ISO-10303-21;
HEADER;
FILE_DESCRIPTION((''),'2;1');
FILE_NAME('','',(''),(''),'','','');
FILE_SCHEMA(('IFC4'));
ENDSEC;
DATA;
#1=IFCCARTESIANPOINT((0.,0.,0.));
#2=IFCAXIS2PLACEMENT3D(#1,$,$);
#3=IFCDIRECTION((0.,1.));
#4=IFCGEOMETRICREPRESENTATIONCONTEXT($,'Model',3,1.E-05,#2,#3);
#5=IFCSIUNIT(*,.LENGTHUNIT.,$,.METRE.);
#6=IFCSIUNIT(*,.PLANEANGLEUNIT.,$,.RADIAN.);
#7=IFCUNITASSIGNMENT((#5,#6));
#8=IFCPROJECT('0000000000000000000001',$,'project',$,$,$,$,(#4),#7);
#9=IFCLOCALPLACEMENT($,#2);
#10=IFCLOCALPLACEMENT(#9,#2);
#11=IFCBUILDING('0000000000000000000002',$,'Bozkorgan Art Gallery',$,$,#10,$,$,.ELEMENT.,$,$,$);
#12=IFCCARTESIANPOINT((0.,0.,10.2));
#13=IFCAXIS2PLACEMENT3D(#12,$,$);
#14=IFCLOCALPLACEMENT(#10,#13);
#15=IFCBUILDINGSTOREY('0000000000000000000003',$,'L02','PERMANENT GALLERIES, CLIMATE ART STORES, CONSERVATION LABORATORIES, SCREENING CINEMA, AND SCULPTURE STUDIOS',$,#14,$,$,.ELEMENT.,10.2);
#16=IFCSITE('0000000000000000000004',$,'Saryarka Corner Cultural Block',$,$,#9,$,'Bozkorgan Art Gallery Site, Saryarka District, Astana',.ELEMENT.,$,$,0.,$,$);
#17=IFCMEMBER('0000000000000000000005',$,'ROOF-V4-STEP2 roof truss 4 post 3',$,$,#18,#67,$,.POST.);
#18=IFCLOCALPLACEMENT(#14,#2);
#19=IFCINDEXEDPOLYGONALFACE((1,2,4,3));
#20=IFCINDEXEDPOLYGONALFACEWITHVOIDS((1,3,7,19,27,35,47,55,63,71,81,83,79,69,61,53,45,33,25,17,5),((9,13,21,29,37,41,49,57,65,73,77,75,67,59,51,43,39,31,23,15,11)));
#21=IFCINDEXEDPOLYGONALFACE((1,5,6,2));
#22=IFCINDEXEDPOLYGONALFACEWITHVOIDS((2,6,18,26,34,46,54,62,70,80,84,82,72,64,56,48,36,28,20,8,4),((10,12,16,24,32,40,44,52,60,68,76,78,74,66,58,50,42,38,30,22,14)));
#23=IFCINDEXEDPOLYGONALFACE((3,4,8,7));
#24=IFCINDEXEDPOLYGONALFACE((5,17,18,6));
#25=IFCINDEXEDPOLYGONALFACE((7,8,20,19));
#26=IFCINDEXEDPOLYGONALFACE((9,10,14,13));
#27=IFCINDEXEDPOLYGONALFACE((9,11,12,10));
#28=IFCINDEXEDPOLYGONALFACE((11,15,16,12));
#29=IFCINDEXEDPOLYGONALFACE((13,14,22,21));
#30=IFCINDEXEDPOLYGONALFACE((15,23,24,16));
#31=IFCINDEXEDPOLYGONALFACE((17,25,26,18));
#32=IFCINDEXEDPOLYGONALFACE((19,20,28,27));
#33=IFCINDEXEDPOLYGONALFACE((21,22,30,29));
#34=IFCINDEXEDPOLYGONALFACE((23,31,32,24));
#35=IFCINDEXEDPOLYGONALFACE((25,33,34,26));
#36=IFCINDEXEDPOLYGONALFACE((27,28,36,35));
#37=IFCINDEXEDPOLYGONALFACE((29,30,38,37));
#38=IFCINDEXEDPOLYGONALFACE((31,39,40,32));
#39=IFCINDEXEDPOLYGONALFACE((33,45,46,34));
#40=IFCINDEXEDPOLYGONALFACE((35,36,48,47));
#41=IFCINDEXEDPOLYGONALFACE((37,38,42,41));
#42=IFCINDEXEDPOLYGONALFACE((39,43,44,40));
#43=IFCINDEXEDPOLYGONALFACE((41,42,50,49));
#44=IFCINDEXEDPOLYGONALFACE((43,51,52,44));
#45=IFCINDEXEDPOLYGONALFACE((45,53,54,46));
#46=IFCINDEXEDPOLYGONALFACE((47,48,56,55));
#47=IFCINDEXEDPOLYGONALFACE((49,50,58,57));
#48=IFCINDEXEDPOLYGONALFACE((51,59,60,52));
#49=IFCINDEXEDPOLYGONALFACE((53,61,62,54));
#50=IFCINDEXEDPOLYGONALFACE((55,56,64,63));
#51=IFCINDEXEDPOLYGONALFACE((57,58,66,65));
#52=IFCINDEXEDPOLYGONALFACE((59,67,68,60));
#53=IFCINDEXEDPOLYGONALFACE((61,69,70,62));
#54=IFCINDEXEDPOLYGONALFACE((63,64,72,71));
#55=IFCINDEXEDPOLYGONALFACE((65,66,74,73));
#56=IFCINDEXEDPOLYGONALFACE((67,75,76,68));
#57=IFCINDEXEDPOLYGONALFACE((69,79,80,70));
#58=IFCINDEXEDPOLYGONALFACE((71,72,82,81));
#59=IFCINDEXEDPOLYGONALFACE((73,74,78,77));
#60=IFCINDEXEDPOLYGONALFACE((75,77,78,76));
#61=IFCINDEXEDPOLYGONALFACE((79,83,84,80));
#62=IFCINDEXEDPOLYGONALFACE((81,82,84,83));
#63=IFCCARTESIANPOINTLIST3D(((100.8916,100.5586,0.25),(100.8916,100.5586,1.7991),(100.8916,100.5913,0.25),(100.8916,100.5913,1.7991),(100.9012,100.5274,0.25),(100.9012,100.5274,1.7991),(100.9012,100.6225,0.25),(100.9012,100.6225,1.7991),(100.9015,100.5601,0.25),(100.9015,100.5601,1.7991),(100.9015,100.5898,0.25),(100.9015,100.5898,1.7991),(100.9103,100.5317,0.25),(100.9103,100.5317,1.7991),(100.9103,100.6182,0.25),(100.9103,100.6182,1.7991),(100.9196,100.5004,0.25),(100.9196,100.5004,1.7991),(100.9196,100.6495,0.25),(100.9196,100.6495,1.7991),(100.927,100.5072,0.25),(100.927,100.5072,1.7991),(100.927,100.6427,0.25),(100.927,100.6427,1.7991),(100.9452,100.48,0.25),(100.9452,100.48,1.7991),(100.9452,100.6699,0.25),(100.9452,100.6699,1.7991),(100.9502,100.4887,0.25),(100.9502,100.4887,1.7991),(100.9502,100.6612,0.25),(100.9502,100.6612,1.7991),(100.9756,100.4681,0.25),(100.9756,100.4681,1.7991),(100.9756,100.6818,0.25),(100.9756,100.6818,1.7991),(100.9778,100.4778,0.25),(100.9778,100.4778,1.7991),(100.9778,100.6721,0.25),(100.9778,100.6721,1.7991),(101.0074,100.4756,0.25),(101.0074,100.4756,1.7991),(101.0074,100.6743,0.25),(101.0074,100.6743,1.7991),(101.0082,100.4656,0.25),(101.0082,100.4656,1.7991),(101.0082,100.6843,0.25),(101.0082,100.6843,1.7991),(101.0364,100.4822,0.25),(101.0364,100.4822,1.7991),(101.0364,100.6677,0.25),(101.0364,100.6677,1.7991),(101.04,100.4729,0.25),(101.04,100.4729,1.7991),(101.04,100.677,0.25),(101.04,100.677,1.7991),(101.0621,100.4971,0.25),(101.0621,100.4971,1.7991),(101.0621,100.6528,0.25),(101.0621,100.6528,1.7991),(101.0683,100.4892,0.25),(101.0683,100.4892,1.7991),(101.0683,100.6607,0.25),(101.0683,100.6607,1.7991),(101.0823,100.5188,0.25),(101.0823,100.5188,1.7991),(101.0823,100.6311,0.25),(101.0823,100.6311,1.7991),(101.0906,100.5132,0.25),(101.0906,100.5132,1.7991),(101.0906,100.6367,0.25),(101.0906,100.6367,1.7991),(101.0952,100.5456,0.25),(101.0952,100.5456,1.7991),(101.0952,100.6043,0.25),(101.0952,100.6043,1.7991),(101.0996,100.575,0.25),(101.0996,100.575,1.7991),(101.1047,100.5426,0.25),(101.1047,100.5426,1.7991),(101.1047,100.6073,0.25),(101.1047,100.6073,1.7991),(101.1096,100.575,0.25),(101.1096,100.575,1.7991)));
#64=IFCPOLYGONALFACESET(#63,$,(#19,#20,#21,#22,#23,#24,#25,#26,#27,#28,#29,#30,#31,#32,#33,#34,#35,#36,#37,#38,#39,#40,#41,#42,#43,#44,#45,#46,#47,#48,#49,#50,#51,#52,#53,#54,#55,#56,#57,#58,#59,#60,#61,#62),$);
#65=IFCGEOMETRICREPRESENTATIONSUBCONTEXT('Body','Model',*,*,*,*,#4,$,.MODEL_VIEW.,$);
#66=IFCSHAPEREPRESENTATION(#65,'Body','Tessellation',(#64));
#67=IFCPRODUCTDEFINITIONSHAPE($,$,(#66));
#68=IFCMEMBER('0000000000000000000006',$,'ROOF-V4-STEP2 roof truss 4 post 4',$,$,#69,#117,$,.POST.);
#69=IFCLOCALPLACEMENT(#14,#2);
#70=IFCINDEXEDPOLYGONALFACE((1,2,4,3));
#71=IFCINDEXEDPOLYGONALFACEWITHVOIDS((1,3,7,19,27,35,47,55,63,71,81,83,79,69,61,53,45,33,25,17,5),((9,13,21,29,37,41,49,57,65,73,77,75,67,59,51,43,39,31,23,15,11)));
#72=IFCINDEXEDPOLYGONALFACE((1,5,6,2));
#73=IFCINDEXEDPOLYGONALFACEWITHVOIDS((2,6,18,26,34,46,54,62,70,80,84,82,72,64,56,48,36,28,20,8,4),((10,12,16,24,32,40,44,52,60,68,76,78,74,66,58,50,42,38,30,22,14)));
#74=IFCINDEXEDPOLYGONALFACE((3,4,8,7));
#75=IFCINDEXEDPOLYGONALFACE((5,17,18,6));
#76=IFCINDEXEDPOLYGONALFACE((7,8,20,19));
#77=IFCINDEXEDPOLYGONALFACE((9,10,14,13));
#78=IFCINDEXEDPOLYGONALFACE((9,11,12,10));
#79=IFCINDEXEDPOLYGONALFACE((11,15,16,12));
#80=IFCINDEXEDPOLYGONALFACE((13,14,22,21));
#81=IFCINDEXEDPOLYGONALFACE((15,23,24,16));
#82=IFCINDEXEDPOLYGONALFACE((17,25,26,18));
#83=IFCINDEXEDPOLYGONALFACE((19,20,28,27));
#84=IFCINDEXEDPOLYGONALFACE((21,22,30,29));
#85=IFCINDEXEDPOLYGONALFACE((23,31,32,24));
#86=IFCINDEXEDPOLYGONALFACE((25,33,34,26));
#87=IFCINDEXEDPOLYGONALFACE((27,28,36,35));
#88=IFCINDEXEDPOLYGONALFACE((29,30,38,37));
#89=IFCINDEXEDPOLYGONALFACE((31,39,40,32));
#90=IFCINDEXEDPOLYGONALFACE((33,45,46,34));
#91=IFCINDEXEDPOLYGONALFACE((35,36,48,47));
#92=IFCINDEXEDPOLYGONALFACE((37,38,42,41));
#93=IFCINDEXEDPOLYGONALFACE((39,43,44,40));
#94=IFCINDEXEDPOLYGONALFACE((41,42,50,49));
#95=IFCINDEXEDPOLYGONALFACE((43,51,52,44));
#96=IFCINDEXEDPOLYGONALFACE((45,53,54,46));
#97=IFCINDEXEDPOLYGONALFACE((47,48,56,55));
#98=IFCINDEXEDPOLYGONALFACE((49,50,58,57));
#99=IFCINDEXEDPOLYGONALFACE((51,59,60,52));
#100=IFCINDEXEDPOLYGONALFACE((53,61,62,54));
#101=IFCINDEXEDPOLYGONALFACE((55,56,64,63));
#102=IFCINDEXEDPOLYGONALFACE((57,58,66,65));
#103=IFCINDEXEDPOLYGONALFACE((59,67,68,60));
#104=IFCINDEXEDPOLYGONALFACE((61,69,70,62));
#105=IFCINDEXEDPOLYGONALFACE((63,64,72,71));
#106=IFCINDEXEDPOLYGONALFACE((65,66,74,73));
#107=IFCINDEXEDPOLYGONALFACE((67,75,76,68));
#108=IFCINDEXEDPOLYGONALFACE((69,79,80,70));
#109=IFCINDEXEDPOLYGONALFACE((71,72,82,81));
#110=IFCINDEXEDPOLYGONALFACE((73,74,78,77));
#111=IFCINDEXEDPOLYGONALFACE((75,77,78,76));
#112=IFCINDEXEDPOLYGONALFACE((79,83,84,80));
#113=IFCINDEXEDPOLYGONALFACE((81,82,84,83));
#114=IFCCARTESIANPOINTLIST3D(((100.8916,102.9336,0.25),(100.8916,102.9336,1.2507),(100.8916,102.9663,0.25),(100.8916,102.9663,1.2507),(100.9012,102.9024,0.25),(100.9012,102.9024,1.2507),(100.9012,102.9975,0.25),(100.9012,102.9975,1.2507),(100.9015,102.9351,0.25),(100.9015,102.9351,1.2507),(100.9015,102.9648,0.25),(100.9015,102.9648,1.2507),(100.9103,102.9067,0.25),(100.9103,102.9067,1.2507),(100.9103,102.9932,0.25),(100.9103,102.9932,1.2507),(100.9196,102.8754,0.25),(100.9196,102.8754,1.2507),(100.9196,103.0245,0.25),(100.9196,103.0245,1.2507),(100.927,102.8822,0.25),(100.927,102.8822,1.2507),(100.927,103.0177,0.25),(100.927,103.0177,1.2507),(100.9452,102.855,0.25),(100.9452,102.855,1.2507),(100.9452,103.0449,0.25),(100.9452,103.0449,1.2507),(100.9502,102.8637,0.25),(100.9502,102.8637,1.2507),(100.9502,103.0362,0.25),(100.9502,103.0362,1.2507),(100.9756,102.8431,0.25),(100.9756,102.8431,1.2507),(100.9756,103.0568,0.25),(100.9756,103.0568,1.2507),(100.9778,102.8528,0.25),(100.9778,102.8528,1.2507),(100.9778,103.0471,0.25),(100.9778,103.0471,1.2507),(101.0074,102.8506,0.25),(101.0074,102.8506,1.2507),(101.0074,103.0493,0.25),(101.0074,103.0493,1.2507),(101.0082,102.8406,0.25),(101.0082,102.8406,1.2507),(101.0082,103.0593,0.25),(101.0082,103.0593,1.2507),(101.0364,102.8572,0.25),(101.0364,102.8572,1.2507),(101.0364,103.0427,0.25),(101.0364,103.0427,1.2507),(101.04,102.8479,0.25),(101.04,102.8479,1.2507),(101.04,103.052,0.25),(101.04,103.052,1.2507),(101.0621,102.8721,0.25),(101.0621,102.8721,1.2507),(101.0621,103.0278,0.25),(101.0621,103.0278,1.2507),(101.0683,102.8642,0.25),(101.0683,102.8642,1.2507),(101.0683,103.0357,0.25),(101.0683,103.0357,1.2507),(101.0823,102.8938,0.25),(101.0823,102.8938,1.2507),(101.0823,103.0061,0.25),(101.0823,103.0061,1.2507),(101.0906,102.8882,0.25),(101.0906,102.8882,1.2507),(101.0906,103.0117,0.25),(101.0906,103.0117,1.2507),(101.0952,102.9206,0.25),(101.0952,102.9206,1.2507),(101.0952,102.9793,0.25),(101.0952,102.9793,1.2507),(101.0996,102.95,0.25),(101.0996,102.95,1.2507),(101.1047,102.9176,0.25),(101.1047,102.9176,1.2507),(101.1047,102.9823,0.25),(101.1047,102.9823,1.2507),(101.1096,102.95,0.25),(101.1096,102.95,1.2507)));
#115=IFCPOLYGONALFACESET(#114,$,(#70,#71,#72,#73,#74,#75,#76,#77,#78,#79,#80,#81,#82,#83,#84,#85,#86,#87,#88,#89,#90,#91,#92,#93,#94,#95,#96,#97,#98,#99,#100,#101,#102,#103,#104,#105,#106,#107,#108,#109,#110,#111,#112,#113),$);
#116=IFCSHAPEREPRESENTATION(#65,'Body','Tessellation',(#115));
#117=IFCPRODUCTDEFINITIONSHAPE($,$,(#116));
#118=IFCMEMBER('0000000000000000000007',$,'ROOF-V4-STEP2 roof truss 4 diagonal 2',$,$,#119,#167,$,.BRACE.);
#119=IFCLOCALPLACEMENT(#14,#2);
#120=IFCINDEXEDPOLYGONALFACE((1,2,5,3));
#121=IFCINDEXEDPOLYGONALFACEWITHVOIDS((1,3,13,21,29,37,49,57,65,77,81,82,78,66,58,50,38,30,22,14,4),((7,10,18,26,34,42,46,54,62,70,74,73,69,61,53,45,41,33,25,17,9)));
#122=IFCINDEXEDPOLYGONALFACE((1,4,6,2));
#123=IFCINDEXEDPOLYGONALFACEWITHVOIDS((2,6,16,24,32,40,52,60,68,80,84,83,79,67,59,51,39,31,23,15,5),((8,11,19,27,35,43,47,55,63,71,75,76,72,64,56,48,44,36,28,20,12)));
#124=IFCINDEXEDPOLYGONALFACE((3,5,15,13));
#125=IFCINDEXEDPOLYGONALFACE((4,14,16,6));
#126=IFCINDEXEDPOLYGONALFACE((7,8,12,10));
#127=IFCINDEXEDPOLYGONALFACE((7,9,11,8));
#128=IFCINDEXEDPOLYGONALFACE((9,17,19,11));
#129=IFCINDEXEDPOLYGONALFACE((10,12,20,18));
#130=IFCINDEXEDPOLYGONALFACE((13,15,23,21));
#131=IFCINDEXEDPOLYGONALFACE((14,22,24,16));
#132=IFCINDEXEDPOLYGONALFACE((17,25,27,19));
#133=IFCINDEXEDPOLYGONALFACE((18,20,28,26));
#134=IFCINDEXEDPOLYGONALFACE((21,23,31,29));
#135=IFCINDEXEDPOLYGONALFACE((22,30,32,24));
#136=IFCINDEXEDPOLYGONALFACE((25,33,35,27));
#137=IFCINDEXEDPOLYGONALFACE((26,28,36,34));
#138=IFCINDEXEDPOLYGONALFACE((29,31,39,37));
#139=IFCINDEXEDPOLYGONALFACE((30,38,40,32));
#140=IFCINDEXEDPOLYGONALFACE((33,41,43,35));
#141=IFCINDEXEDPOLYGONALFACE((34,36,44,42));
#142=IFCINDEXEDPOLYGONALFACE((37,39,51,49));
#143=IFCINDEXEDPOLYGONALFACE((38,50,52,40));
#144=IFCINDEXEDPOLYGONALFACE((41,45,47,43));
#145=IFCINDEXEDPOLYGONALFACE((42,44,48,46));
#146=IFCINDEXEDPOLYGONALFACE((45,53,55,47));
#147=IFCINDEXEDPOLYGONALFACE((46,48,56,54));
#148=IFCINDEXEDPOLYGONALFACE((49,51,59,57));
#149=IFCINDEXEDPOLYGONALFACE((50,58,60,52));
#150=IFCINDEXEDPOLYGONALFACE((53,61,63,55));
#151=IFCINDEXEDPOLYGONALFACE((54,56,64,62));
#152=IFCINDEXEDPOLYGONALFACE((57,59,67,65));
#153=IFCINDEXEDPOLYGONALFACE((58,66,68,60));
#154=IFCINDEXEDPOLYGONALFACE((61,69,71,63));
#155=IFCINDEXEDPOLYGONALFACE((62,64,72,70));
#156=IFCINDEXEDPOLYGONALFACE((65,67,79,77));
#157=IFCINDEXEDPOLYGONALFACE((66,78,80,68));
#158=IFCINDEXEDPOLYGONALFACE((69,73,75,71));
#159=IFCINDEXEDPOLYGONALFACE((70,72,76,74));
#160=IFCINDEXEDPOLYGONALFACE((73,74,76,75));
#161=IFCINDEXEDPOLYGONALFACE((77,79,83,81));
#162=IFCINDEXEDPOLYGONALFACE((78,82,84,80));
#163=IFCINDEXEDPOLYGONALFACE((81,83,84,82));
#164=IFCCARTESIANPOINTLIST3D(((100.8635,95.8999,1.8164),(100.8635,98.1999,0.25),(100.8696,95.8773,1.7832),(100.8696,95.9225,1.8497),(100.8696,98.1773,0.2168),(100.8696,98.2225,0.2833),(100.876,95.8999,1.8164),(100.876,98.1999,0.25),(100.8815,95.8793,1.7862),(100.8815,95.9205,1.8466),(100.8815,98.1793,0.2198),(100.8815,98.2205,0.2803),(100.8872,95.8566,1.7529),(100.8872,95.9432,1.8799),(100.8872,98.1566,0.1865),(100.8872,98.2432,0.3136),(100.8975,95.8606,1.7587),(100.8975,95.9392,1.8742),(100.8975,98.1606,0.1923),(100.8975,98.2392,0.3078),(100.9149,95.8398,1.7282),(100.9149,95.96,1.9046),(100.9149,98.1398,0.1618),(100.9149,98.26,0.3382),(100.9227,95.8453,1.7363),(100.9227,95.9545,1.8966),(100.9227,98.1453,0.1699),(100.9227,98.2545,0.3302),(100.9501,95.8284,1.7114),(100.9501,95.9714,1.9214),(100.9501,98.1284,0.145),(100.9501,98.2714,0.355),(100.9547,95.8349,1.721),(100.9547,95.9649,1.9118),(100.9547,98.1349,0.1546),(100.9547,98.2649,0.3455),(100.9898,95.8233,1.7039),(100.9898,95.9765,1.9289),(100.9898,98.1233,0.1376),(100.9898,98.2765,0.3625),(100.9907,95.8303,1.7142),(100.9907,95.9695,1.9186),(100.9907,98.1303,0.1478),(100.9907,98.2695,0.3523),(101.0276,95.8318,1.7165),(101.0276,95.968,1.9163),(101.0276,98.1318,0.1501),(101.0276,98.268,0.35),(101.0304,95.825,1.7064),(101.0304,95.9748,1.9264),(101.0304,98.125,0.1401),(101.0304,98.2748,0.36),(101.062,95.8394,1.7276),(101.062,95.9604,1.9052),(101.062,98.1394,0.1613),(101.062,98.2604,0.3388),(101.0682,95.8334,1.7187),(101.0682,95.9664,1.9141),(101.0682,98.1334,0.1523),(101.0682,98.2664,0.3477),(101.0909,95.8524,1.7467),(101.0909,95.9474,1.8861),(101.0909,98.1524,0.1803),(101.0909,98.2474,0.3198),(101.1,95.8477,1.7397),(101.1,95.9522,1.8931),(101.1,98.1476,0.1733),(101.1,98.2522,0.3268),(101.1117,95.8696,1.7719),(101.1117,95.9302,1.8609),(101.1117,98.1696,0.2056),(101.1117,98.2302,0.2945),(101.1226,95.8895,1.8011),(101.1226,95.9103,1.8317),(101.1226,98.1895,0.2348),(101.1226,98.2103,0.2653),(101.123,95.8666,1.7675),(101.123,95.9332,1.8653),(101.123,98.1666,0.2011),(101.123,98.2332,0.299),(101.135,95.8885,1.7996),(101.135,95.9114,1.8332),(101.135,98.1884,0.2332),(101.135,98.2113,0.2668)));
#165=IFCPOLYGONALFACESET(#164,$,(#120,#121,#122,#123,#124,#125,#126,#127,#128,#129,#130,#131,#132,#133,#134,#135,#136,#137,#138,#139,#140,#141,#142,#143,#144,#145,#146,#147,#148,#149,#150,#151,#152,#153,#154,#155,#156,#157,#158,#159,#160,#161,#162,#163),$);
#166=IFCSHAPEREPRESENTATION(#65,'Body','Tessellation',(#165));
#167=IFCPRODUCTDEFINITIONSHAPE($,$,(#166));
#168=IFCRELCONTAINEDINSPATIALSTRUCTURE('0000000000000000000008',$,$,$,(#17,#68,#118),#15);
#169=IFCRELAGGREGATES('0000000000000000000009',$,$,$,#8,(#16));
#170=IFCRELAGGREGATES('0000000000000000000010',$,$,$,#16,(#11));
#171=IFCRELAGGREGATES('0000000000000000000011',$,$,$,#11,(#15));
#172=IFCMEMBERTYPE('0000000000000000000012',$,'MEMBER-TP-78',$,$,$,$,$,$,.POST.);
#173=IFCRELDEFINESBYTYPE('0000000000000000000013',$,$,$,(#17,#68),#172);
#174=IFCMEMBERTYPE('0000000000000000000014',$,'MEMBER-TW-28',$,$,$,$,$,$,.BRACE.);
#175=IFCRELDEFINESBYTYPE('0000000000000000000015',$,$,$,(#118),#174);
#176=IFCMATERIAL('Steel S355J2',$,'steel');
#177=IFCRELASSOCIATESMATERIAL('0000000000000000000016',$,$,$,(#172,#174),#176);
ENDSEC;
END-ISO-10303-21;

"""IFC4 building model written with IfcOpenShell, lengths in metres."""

from ifc_helpers import new_model, si_unit, direction, frame, origin, origin_2d, place, context, subcontext, project, spatial, hollow_circle, extrude, material, material_profile, profile_set, type_object, element, save


model = new_model("IFC4")

# Units and contexts
model_context = context("Model", 3, precision=1e-05, world=origin(), true_north=direction((0.0, 1.0)))
body_context = subcontext(model_context, "Body", "Model", "MODEL_VIEW")
ifc_project = project(units=[si_unit("LENGTHUNIT", "METRE"), si_unit("PLANEANGLEUNIT", "RADIAN")], contexts=[model_context])

# Site, building, storey
site_placement = place(None, origin())
site = spatial("IfcSite", under=ifc_project, at=site_placement, Name="Saryarka Corner Cultural Block", LongName="Bozkorgan Art Gallery Site, Saryarka District, Astana", CompositionType="ELEMENT", RefElevation=0.0)
building_placement = place(site_placement, origin())
building = spatial("IfcBuilding", under=site, at=building_placement, Name="Bozkorgan Art Gallery", CompositionType="ELEMENT")
storey_placement = place(building_placement, frame((0.0, 0.0, 10.2)))
storey = spatial("IfcBuildingStorey", under=building, at=storey_placement, Name="L02", Description="PERMANENT GALLERIES, CLIMATE ART STORES, CONSERVATION LABORATORIES, SCREENING CINEMA, AND SCULPTURE STUDIOS", CompositionType="ELEMENT", Elevation=10.2)

# Members
ifc_material_1 = material(Name="Steel S355J2", Category="steel")
ifc_material_profile_1 = material_profile(ifc_material_1, hollow_circle(Radius=0.1096, WallThickness=0.01, at=origin_2d()), Name="CHS 219.1x10")
ifc_profile_set_1 = profile_set([ifc_material_profile_1], Name="Steel S355J2")
member_type_1 = type_object("IfcMemberType", Name="MEMBER-TP-78", PredefinedType="POST", material=ifc_profile_set_1)
member_1_placement = place(storey_placement, frame((101.0, 100.575, 0.25), z_axis=(0.0, 0.0, 1.0), x_axis=(1.0, 0.0, 0.0)))
element("IfcMember", 1, at=member_1_placement, inside=storey, type_object=member_type_1, Name="ROOF-V4-STEP2 roof truss 4 post 3", PredefinedType="POST", context=body_context, shape_type="SweptSolid", body=[
    extrude(hollow_circle(Radius=0.1096, WallThickness=0.01, at=origin_2d()), origin(), (0.0, 0.0, 1.0), 1.5491),
])
member_2_placement = place(storey_placement, frame((101.0, 102.95, 0.25), z_axis=(0.0, 0.0, 1.0), x_axis=(1.0, 0.0, 0.0)))
element("IfcMember", 2, at=member_2_placement, inside=storey, type_object=member_type_1, Name="ROOF-V4-STEP2 roof truss 4 post 4", PredefinedType="POST", context=body_context, shape_type="SweptSolid", body=[
    extrude(hollow_circle(Radius=0.1096, WallThickness=0.01, at=origin_2d()), origin(), (0.0, 0.0, 1.0), 1.0007),
])
ifc_material_profile_2 = material_profile(ifc_material_1, hollow_circle(Radius=0.1365, WallThickness=0.0125, at=origin_2d()), Name="CHS 273x12.5")
ifc_profile_set_2 = profile_set([ifc_material_profile_2], Name="Steel S355J2")
member_type_2 = type_object("IfcMemberType", Name="MEMBER-TW-28", PredefinedType="BRACE", material=ifc_profile_set_2)
member_3_placement = place(storey_placement, frame((101.0, 95.8999, 1.8164), z_axis=(0.0, 0.82653, -0.562893), x_axis=(-1.0, 0.0, 0.0)))
element("IfcMember", 3, at=member_3_placement, inside=storey, type_object=member_type_2, Name="ROOF-V4-STEP2 roof truss 4 diagonal 2", PredefinedType="BRACE", context=body_context, shape_type="SweptSolid", body=[
    extrude(hollow_circle(Radius=0.1365, WallThickness=0.0125, at=origin_2d()), origin(), (0.0, 0.0, 1.0), 2.7827),
])

save(model, "model.ifc")
